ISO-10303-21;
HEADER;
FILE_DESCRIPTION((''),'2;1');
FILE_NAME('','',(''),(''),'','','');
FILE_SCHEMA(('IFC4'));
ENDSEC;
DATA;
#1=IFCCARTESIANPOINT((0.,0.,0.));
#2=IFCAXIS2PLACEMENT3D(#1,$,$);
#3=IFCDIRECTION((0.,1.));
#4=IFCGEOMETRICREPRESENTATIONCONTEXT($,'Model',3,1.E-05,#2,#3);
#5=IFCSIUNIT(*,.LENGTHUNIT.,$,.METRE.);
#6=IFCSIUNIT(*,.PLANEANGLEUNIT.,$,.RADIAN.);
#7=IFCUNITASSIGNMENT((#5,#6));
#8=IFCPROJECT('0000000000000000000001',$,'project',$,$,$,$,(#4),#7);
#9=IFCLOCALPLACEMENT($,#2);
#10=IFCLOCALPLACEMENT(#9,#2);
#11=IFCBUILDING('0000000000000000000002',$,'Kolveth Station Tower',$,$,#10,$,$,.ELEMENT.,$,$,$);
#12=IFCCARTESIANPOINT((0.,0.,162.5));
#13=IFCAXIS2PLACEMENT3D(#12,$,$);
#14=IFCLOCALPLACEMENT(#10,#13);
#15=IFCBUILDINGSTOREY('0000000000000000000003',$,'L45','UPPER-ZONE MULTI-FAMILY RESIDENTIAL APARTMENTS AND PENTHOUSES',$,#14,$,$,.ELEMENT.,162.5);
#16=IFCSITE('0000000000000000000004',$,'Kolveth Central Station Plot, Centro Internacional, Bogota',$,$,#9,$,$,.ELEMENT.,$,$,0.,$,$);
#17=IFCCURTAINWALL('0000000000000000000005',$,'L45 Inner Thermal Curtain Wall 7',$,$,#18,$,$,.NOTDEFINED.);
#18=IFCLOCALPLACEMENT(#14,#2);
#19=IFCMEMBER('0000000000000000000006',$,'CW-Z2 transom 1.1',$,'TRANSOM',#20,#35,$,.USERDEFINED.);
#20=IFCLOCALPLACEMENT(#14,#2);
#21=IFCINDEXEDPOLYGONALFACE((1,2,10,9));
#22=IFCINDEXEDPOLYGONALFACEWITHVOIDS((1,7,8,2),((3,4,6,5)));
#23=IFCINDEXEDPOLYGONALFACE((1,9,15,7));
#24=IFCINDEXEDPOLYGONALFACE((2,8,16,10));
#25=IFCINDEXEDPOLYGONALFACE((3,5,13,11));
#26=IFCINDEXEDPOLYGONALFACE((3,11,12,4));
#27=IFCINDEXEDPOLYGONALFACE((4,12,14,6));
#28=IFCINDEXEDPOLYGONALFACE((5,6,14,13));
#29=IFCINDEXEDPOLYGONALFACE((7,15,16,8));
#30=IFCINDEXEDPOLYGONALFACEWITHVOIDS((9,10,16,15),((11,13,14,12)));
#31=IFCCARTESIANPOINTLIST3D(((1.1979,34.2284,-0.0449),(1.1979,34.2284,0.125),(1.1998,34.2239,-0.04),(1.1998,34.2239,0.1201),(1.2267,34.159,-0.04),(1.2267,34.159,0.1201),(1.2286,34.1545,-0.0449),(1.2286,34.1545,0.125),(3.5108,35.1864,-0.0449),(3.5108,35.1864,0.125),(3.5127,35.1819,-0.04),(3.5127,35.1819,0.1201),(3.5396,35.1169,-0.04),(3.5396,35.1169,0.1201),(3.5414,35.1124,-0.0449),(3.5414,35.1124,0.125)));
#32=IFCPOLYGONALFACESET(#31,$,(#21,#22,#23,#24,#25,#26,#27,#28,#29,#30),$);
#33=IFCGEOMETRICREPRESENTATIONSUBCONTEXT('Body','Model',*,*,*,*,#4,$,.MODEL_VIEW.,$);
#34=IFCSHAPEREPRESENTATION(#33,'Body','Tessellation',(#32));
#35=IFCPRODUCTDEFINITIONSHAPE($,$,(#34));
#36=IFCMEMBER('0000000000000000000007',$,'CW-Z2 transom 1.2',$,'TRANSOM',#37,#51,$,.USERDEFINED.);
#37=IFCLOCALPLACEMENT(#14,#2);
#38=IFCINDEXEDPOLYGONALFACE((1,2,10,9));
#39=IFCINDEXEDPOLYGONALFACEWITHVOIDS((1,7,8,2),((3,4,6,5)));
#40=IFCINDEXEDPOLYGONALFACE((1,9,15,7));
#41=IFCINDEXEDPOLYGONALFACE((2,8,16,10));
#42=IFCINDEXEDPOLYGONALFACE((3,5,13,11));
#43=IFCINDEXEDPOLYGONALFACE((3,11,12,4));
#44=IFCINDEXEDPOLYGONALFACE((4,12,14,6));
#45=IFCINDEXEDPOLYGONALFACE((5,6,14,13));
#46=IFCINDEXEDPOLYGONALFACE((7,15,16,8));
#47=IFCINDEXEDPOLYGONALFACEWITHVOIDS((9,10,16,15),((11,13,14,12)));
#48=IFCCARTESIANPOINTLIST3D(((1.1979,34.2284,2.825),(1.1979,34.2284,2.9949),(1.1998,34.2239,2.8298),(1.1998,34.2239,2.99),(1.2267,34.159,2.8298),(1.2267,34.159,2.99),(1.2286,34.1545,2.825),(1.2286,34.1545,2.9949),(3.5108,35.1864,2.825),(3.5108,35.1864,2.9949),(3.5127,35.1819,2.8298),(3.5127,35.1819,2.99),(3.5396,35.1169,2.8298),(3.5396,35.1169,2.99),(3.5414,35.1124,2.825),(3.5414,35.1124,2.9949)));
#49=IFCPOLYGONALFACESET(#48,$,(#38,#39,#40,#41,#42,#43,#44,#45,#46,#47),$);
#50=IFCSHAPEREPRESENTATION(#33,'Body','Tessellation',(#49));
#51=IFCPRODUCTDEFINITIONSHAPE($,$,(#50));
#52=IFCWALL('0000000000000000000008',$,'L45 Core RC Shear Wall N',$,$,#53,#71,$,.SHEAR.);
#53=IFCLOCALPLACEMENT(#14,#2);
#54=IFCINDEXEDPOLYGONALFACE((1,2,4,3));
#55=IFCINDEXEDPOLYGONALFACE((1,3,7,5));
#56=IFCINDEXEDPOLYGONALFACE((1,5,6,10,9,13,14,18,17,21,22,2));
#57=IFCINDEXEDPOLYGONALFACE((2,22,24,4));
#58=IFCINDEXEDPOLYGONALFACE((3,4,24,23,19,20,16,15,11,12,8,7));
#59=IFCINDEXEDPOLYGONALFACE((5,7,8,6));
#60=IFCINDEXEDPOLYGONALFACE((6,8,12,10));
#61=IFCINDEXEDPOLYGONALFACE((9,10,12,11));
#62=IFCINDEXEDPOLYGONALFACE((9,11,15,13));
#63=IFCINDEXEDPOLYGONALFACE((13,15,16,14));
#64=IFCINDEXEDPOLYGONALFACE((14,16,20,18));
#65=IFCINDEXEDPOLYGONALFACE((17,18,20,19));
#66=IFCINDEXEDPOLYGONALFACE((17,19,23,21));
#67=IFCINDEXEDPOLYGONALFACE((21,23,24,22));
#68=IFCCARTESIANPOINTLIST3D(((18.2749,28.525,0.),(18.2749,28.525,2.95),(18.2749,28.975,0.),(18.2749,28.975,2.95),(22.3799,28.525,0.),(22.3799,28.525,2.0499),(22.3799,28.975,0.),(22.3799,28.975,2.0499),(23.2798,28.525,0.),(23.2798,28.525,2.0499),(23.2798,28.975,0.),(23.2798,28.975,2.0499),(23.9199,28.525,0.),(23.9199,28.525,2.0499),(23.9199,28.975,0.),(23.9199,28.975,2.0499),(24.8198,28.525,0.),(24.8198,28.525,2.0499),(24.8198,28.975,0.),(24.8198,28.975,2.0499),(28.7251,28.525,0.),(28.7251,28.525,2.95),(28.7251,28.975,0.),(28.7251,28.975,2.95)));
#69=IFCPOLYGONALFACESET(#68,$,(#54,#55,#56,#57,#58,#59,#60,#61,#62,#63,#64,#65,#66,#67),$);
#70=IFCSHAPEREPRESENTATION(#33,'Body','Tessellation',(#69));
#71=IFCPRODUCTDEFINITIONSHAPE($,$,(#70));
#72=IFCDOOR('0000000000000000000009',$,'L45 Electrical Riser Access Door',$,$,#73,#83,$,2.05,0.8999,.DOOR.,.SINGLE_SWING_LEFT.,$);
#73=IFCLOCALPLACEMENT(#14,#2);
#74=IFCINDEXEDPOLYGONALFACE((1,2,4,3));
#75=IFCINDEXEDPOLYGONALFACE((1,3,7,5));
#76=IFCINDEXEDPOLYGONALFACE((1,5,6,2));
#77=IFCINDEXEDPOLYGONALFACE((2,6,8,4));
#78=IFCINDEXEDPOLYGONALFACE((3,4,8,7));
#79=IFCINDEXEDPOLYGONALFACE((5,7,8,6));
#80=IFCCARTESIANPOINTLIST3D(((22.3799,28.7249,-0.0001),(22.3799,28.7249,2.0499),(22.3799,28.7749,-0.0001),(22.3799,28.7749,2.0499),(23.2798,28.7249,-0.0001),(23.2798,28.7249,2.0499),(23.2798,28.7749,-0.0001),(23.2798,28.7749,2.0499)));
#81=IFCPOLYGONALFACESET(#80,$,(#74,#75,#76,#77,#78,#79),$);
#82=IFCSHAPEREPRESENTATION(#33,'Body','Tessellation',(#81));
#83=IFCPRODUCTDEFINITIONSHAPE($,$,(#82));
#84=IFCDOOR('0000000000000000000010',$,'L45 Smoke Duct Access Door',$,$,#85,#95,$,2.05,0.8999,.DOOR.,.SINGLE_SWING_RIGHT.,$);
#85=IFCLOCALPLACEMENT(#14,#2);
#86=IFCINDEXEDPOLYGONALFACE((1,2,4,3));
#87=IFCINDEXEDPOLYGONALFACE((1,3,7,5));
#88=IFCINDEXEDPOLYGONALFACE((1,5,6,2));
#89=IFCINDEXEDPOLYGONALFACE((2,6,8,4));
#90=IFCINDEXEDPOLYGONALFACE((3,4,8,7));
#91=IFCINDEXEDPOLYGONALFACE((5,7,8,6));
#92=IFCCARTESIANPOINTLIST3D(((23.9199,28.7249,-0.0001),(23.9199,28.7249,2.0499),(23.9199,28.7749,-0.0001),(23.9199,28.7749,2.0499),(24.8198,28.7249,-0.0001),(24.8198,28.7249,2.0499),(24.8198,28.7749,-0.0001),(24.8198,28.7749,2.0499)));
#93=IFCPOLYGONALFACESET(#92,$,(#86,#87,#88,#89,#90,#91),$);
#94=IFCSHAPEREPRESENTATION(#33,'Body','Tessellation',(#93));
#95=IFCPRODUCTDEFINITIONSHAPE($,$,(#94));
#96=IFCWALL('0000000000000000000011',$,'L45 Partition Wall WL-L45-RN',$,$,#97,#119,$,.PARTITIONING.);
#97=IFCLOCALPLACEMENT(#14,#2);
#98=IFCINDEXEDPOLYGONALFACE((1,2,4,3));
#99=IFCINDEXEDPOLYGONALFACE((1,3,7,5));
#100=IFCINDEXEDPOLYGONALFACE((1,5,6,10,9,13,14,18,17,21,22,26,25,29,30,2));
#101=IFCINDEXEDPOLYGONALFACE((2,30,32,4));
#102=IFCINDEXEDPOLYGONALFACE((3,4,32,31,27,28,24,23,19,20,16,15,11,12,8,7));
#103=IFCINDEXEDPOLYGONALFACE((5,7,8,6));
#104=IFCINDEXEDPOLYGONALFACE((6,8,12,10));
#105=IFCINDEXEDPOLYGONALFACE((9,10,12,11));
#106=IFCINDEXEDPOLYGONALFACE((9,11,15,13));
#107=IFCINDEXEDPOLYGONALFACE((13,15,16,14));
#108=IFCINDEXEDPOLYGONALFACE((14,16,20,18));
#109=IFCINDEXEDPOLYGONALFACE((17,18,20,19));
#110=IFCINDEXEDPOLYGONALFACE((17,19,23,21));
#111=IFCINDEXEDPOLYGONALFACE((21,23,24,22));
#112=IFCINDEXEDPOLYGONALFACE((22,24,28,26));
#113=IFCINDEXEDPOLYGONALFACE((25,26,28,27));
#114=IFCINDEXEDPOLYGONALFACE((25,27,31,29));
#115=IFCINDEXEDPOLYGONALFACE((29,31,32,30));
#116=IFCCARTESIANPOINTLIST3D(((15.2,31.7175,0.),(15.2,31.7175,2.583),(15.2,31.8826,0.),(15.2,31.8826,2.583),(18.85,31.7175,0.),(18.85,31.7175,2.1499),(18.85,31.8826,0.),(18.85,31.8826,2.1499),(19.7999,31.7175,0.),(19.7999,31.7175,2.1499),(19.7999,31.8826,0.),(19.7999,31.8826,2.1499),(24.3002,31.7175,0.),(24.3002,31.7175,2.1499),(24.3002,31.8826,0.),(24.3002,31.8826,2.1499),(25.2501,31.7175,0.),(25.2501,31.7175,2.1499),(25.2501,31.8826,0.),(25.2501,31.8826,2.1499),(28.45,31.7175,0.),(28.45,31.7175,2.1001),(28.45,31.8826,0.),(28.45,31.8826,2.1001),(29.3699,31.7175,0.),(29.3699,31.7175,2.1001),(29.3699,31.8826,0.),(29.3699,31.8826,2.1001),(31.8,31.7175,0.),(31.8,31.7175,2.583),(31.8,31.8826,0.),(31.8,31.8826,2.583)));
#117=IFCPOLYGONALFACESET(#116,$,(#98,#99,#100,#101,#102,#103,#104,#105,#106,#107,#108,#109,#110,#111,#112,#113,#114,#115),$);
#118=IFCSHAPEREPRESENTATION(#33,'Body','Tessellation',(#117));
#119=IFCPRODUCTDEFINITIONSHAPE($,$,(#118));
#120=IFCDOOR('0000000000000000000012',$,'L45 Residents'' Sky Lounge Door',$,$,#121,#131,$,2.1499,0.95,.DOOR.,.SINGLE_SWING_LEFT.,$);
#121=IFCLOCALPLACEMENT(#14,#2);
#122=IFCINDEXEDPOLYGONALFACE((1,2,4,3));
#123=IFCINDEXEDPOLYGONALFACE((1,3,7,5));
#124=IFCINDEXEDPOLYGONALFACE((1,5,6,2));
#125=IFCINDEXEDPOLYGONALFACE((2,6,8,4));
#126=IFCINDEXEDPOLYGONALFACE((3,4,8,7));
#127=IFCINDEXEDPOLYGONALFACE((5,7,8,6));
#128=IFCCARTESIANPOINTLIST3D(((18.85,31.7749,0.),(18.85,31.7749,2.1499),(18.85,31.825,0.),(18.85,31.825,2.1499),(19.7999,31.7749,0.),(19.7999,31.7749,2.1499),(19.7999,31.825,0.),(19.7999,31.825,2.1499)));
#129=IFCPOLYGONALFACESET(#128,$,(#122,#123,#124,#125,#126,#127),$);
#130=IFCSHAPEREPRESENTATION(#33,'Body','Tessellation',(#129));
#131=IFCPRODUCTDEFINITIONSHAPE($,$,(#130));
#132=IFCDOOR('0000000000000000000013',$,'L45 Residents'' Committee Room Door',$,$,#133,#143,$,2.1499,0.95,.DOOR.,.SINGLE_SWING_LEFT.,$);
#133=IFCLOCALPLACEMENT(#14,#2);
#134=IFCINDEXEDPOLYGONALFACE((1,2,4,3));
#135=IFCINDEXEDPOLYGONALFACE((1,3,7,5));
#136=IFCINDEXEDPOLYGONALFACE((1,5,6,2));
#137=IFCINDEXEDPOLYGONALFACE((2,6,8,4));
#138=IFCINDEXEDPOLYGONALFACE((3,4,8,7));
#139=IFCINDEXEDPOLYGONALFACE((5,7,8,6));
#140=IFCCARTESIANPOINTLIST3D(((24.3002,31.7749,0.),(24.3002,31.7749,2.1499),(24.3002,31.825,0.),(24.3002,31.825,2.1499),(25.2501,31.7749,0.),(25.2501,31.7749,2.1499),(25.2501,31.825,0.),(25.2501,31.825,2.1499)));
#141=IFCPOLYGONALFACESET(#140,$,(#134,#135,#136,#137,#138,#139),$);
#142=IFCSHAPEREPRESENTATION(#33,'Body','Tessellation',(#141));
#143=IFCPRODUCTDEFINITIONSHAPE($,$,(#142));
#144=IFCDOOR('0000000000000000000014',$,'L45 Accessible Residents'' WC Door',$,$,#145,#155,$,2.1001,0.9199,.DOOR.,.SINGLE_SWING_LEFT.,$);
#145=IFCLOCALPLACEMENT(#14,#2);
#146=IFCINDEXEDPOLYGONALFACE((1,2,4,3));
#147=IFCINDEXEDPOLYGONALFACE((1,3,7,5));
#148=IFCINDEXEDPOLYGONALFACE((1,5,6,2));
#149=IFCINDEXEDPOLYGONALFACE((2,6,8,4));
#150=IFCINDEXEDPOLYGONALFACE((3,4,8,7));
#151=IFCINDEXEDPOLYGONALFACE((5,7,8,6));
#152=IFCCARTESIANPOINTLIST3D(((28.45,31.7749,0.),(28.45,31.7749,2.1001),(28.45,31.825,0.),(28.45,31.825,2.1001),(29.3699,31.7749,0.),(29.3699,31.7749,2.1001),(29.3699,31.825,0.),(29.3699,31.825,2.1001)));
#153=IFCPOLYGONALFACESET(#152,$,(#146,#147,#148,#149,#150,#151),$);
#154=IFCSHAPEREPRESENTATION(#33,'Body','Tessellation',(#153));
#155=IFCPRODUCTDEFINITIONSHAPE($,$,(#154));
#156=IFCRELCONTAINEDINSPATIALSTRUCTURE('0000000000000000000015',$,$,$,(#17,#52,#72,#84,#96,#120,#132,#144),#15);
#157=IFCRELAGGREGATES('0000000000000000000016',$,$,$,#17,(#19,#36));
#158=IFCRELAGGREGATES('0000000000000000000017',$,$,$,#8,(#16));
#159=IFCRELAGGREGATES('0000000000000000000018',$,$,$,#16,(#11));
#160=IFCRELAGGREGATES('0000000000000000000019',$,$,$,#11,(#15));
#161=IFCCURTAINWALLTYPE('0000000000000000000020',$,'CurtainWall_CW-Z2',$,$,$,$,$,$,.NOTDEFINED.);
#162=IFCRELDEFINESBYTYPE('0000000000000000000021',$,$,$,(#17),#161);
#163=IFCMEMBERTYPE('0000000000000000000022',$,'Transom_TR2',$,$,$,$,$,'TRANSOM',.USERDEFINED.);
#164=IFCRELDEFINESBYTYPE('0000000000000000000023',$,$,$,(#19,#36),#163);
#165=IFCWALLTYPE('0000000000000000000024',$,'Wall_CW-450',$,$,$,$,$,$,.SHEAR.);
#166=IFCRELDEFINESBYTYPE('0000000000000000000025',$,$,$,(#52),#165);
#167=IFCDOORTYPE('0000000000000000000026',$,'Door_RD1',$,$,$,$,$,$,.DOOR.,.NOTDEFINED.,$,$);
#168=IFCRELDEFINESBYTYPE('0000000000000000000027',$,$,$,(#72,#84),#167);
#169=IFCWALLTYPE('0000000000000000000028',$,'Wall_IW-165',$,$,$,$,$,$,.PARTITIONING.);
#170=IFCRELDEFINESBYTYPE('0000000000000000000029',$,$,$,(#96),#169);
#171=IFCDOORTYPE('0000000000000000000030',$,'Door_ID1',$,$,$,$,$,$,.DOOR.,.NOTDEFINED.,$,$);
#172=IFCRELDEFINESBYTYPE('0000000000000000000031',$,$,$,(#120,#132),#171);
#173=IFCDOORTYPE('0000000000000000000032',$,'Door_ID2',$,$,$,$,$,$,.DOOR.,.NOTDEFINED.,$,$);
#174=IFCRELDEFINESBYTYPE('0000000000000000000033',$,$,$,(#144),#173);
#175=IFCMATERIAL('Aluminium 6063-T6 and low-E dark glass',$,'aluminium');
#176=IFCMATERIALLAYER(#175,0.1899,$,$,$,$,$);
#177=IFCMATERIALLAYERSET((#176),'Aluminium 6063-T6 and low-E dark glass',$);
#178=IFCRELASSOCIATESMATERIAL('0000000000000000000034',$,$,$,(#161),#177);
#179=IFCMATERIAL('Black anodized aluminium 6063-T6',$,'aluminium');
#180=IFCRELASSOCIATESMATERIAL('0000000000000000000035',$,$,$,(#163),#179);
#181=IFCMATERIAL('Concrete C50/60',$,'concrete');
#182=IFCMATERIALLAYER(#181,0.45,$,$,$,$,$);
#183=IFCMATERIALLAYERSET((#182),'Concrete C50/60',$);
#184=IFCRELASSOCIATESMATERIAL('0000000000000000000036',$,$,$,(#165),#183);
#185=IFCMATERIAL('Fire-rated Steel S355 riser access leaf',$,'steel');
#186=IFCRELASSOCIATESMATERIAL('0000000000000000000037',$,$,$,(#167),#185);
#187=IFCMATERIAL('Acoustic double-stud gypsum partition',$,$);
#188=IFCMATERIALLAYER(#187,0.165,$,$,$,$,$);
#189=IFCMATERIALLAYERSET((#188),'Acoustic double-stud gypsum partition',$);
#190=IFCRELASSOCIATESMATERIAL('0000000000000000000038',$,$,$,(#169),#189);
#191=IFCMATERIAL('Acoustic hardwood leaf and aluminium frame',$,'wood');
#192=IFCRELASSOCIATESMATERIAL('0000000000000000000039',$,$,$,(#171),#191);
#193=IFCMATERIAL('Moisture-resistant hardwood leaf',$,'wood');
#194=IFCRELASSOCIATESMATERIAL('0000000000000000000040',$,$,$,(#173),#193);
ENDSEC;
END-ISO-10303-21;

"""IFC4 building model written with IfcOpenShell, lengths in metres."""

from ifc_helpers import new_model, si_unit, direction, frame, frame_2d, origin, origin_2d, place, context, subcontext, project, spatial, rectangle, hollow_rectangle, extrude, source, transform, mapped, material, layer, layer_set, material_profile, profile_set, type_object, element, fill, aggregate, save


model = new_model("IFC4")

# Units and contexts
model_context = context("Model", 3, precision=1e-05, world=origin(), true_north=direction((0.0, 1.0)))
body_context = subcontext(model_context, "Body", "Model", "MODEL_VIEW")
ifc_project = project(units=[si_unit("LENGTHUNIT", "METRE"), si_unit("PLANEANGLEUNIT", "RADIAN")], contexts=[model_context])

# Site, building, storey
site_placement = place(None, origin())
site = spatial("IfcSite", under=ifc_project, at=site_placement, Name="Kolveth Central Station Plot, Centro Internacional, Bogota", CompositionType="ELEMENT", RefElevation=0.0)
building_placement = place(site_placement, origin())
building = spatial("IfcBuilding", under=site, at=building_placement, Name="Kolveth Station Tower", CompositionType="ELEMENT")
storey_placement = place(building_placement, frame((0.0, 0.0, 162.5)))
storey = spatial("IfcBuildingStorey", under=building, at=storey_placement, Name="L45", Description="UPPER-ZONE MULTI-FAMILY RESIDENTIAL APARTMENTS AND PENTHOUSES", CompositionType="ELEMENT", Elevation=162.5)

# Shared definitions
ifc_material_1 = material(Name="Aluminium 6063-T6 and low-E dark glass", Category="aluminium")
ifc_layer_1 = layer(ifc_material_1, 0.1899)
ifc_layer_set_1 = layer_set([ifc_layer_1], Name="Aluminium 6063-T6 and low-E dark glass")
curtain_wall_type = type_object("IfcCurtainWallType", Name="CurtainWall_CW-Z2", PredefinedType="NOTDEFINED", material=ifc_layer_set_1)
ifc_material_2 = material(Name="Black anodized aluminium 6063-T6", Category="aluminium")

# Curtain wall, members
curtain_wall_1_placement = place(storey_placement, origin())
curtain_wall_1 = element("IfcCurtainWall", 1, at=curtain_wall_1_placement, inside=storey, type_object=curtain_wall_type, Name="L45 Inner Thermal Curtain Wall 7", PredefinedType="NOTDEFINED")
ifc_material_profile_1 = material_profile(ifc_material_2, hollow_rectangle(XDim=0.0801, YDim=0.1699, WallThickness=0.0049, at=origin_2d()), Name="ALU-80x170x5")
ifc_profile_set_1 = profile_set([ifc_material_profile_1], Name="Black anodized aluminium 6063-T6")
member_type_1 = type_object("IfcMemberType", Name="Transom_TR2", ElementType="TRANSOM", PredefinedType="USERDEFINED", material=ifc_profile_set_1)
shared_shape_1 = source(origin(), body_context, "Body", "SweptSolid", [
    extrude(hollow_rectangle(XDim=0.0801, YDim=0.1699, WallThickness=0.0049, at=origin_2d()), origin(), (0.0, 0.0, 1.0), 2.5034),
])
member_1_placement = place(storey_placement, frame((3.5261, 35.1494, 0.04), z_axis=(-0.923888, -0.382662, 0.0), x_axis=(0.382662, -0.923888, 0.0)))
member_1 = element("IfcMember", 2, at=member_1_placement, type_object=member_type_1, Name="CW-Z2 transom 1.1", ObjectType="TRANSOM", PredefinedType="USERDEFINED", context=body_context, shape_type="MappedRepresentation", body=[
    mapped(shared_shape_1, transform((0.0, 0.0, 0.0), x_axis=(1.0, 0.0, 0.0), y_axis=(0.0, 1.0, 0.0), z_axis=(0.0, 0.0, 1.0), scale=1.0)),
])
member_2_placement = place(storey_placement, frame((3.5261, 35.1494, 2.9099), z_axis=(-0.923888, -0.382662, 0.0), x_axis=(0.382662, -0.923888, 0.0)))
member_2 = element("IfcMember", 3, at=member_2_placement, type_object=member_type_1, Name="CW-Z2 transom 1.2", ObjectType="TRANSOM", PredefinedType="USERDEFINED", context=body_context, shape_type="MappedRepresentation", body=[
    mapped(shared_shape_1, transform((0.0, 0.0, 0.0), x_axis=(1.0, 0.0, 0.0), y_axis=(0.0, 1.0, 0.0), z_axis=(0.0, 0.0, 1.0), scale=1.0)),
])
aggregate(curtain_wall_1, [member_1, member_2])

# Walls, openings, doors
ifc_material_3 = material(Name="Concrete C50/60", Category="concrete")
ifc_layer_2 = layer(ifc_material_3, 0.45)
ifc_layer_set_2 = layer_set([ifc_layer_2], Name="Concrete C50/60")
wall_type_1 = type_object("IfcWallType", Name="Wall_CW-450", PredefinedType="SHEAR", material=ifc_layer_set_2)
wall_1_placement = place(storey_placement, frame((18.2749, 28.75, 0.0), z_axis=(0.0, 0.0, 1.0), x_axis=(1.0, 0.0, 0.0)))
wall_1 = element("IfcWall", 4, at=wall_1_placement, inside=storey, type_object=wall_type_1, Name="L45 Core RC Shear Wall N", PredefinedType="SHEAR", context=body_context, shape_type="SweptSolid", body=[
    extrude(rectangle(XDim=10.4502, YDim=0.45, at=frame_2d((5.2251, 0.0))), origin(), (0.0, 0.0, 1.0), 2.95),
])
opening_1_placement = place(wall_1_placement, frame((4.105, 0.0, 0.0)))
opening_1 = element("IfcOpeningElement", 5, at=opening_1_placement, cuts=wall_1, PredefinedType="OPENING", context=body_context, shape_type="SweptSolid", body=[
    extrude(rectangle(XDim=0.8999, YDim=2.05, at=frame_2d((0.45, 1.0249))), frame((0.0, 0.2349, 0.0), z_axis=(0.0, -1.0, 0.0), x_axis=(1.0, 0.0, 0.0)), (0.0, 0.0, 1.0), 0.47),
])
opening_2_placement = place(wall_1_placement, frame((5.645, 0.0, 0.0)))
opening_2 = element("IfcOpeningElement", 6, at=opening_2_placement, cuts=wall_1, PredefinedType="OPENING", context=body_context, shape_type="SweptSolid", body=[
    extrude(rectangle(XDim=0.8999, YDim=2.05, at=frame_2d((0.45, 1.0249))), frame((0.0, 0.2349, 0.0), z_axis=(0.0, -1.0, 0.0), x_axis=(1.0, 0.0, 0.0)), (0.0, 0.0, 1.0), 0.47),
])
ifc_material_4 = material(Name="Fire-rated Steel S355 riser access leaf", Category="steel")
door_type_1 = type_object("IfcDoorType", Name="Door_RD1", OperationType="NOTDEFINED", PredefinedType="DOOR", material=ifc_material_4)
door_1_placement = place(opening_1_placement, origin())
door_1 = element("IfcDoor", 7, at=door_1_placement, inside=storey, type_object=door_type_1, Name="L45 Electrical Riser Access Door", OperationType="SINGLE_SWING_LEFT", OverallHeight=2.05, OverallWidth=0.8999, PredefinedType="DOOR", context=body_context, shape_type="SweptSolid", body=[
    extrude(rectangle(XDim=0.8999, YDim=2.05, at=frame_2d((0.45, 1.0249))), frame((0.0, 0.0249, 0.0), z_axis=(0.0, -1.0, 0.0), x_axis=(1.0, 0.0, 0.0)), (0.0, 0.0, 1.0), 0.05),
])
fill(opening_1, door_1)
door_2_placement = place(opening_2_placement, origin())
door_2 = element("IfcDoor", 8, at=door_2_placement, inside=storey, type_object=door_type_1, Name="L45 Smoke Duct Access Door", OperationType="SINGLE_SWING_RIGHT", OverallHeight=2.05, OverallWidth=0.8999, PredefinedType="DOOR", context=body_context, shape_type="SweptSolid", body=[
    extrude(rectangle(XDim=0.8999, YDim=2.05, at=frame_2d((0.45, 1.0249))), frame((0.0, 0.0249, 0.0), z_axis=(0.0, -1.0, 0.0), x_axis=(1.0, 0.0, 0.0)), (0.0, 0.0, 1.0), 0.05),
])
fill(opening_2, door_2)
ifc_material_5 = material(Name="Acoustic double-stud gypsum partition")
ifc_layer_3 = layer(ifc_material_5, 0.165)
ifc_layer_set_3 = layer_set([ifc_layer_3], Name="Acoustic double-stud gypsum partition")
wall_type_2 = type_object("IfcWallType", Name="Wall_IW-165", PredefinedType="PARTITIONING", material=ifc_layer_set_3)
wall_2_placement = place(storey_placement, frame((15.2, 31.8, 0.0), z_axis=(0.0, 0.0, 1.0), x_axis=(1.0, 0.0, 0.0)))
wall_2 = element("IfcWall", 9, at=wall_2_placement, inside=storey, type_object=wall_type_2, Name="L45 Partition Wall WL-L45-RN", PredefinedType="PARTITIONING", context=body_context, shape_type="SweptSolid", body=[
    extrude(rectangle(XDim=16.6001, YDim=0.165, at=frame_2d((8.3, 0.0))), origin(), (0.0, 0.0, 1.0), 2.583),
])
opening_3_placement = place(wall_2_placement, frame((3.6499, 0.0, 0.0)))
opening_3 = element("IfcOpeningElement", 10, at=opening_3_placement, cuts=wall_2, PredefinedType="OPENING", context=body_context, shape_type="SweptSolid", body=[
    extrude(rectangle(XDim=0.95, YDim=2.1499, at=frame_2d((0.4751, 1.075))), frame((0.0, 0.0925, 0.0), z_axis=(0.0, -1.0, 0.0), x_axis=(1.0, 0.0, 0.0)), (0.0, 0.0, 1.0), 0.1851),
])
opening_4_placement = place(wall_2_placement, frame((9.1001, 0.0, 0.0)))
opening_4 = element("IfcOpeningElement", 11, at=opening_4_placement, cuts=wall_2, PredefinedType="OPENING", context=body_context, shape_type="SweptSolid", body=[
    extrude(rectangle(XDim=0.95, YDim=2.1499, at=frame_2d((0.4751, 1.075))), frame((0.0, 0.0925, 0.0), z_axis=(0.0, -1.0, 0.0), x_axis=(1.0, 0.0, 0.0)), (0.0, 0.0, 1.0), 0.1851),
])
opening_5_placement = place(wall_2_placement, frame((13.25, 0.0, 0.0)))
opening_5 = element("IfcOpeningElement", 12, at=opening_5_placement, cuts=wall_2, PredefinedType="OPENING", context=body_context, shape_type="SweptSolid", body=[
    extrude(rectangle(XDim=0.9199, YDim=2.1001, at=frame_2d((0.46, 1.05))), frame((0.0, 0.0925, 0.0), z_axis=(0.0, -1.0, 0.0), x_axis=(1.0, 0.0, 0.0)), (0.0, 0.0, 1.0), 0.1851),
])
ifc_material_6 = material(Name="Acoustic hardwood leaf and aluminium frame", Category="wood")
door_type_2 = type_object("IfcDoorType", Name="Door_ID1", OperationType="NOTDEFINED", PredefinedType="DOOR", material=ifc_material_6)
door_3_placement = place(opening_3_placement, origin())
door_3 = element("IfcDoor", 13, at=door_3_placement, inside=storey, type_object=door_type_2, Name="L45 Residents' Sky Lounge Door", OperationType="SINGLE_SWING_LEFT", OverallHeight=2.1499, OverallWidth=0.95, PredefinedType="DOOR", context=body_context, shape_type="SweptSolid", body=[
    extrude(rectangle(XDim=0.95, YDim=2.1499, at=frame_2d((0.4751, 1.075))), frame((0.0, 0.0249, 0.0), z_axis=(0.0, -1.0, 0.0), x_axis=(1.0, 0.0, 0.0)), (0.0, 0.0, 1.0), 0.05),
])
fill(opening_3, door_3)
door_4_placement = place(opening_4_placement, origin())
door_4 = element("IfcDoor", 14, at=door_4_placement, inside=storey, type_object=door_type_2, Name="L45 Residents' Committee Room Door", OperationType="SINGLE_SWING_LEFT", OverallHeight=2.1499, OverallWidth=0.95, PredefinedType="DOOR", context=body_context, shape_type="SweptSolid", body=[
    extrude(rectangle(XDim=0.95, YDim=2.1499, at=frame_2d((0.4751, 1.075))), frame((0.0, 0.0249, 0.0), z_axis=(0.0, -1.0, 0.0), x_axis=(1.0, 0.0, 0.0)), (0.0, 0.0, 1.0), 0.05),
])
fill(opening_4, door_4)
ifc_material_7 = material(Name="Moisture-resistant hardwood leaf", Category="wood")
door_type_3 = type_object("IfcDoorType", Name="Door_ID2", OperationType="NOTDEFINED", PredefinedType="DOOR", material=ifc_material_7)
door_5_placement = place(opening_5_placement, origin())
door_5 = element("IfcDoor", 15, at=door_5_placement, inside=storey, type_object=door_type_3, Name="L45 Accessible Residents' WC Door", OperationType="SINGLE_SWING_LEFT", OverallHeight=2.1001, OverallWidth=0.9199, PredefinedType="DOOR", context=body_context, shape_type="SweptSolid", body=[
    extrude(rectangle(XDim=0.9199, YDim=2.1001, at=frame_2d((0.46, 1.05))), frame((0.0, 0.0249, 0.0), z_axis=(0.0, -1.0, 0.0), x_axis=(1.0, 0.0, 0.0)), (0.0, 0.0, 1.0), 0.05),
])
fill(opening_5, door_5)

save(model, "model.ifc")
